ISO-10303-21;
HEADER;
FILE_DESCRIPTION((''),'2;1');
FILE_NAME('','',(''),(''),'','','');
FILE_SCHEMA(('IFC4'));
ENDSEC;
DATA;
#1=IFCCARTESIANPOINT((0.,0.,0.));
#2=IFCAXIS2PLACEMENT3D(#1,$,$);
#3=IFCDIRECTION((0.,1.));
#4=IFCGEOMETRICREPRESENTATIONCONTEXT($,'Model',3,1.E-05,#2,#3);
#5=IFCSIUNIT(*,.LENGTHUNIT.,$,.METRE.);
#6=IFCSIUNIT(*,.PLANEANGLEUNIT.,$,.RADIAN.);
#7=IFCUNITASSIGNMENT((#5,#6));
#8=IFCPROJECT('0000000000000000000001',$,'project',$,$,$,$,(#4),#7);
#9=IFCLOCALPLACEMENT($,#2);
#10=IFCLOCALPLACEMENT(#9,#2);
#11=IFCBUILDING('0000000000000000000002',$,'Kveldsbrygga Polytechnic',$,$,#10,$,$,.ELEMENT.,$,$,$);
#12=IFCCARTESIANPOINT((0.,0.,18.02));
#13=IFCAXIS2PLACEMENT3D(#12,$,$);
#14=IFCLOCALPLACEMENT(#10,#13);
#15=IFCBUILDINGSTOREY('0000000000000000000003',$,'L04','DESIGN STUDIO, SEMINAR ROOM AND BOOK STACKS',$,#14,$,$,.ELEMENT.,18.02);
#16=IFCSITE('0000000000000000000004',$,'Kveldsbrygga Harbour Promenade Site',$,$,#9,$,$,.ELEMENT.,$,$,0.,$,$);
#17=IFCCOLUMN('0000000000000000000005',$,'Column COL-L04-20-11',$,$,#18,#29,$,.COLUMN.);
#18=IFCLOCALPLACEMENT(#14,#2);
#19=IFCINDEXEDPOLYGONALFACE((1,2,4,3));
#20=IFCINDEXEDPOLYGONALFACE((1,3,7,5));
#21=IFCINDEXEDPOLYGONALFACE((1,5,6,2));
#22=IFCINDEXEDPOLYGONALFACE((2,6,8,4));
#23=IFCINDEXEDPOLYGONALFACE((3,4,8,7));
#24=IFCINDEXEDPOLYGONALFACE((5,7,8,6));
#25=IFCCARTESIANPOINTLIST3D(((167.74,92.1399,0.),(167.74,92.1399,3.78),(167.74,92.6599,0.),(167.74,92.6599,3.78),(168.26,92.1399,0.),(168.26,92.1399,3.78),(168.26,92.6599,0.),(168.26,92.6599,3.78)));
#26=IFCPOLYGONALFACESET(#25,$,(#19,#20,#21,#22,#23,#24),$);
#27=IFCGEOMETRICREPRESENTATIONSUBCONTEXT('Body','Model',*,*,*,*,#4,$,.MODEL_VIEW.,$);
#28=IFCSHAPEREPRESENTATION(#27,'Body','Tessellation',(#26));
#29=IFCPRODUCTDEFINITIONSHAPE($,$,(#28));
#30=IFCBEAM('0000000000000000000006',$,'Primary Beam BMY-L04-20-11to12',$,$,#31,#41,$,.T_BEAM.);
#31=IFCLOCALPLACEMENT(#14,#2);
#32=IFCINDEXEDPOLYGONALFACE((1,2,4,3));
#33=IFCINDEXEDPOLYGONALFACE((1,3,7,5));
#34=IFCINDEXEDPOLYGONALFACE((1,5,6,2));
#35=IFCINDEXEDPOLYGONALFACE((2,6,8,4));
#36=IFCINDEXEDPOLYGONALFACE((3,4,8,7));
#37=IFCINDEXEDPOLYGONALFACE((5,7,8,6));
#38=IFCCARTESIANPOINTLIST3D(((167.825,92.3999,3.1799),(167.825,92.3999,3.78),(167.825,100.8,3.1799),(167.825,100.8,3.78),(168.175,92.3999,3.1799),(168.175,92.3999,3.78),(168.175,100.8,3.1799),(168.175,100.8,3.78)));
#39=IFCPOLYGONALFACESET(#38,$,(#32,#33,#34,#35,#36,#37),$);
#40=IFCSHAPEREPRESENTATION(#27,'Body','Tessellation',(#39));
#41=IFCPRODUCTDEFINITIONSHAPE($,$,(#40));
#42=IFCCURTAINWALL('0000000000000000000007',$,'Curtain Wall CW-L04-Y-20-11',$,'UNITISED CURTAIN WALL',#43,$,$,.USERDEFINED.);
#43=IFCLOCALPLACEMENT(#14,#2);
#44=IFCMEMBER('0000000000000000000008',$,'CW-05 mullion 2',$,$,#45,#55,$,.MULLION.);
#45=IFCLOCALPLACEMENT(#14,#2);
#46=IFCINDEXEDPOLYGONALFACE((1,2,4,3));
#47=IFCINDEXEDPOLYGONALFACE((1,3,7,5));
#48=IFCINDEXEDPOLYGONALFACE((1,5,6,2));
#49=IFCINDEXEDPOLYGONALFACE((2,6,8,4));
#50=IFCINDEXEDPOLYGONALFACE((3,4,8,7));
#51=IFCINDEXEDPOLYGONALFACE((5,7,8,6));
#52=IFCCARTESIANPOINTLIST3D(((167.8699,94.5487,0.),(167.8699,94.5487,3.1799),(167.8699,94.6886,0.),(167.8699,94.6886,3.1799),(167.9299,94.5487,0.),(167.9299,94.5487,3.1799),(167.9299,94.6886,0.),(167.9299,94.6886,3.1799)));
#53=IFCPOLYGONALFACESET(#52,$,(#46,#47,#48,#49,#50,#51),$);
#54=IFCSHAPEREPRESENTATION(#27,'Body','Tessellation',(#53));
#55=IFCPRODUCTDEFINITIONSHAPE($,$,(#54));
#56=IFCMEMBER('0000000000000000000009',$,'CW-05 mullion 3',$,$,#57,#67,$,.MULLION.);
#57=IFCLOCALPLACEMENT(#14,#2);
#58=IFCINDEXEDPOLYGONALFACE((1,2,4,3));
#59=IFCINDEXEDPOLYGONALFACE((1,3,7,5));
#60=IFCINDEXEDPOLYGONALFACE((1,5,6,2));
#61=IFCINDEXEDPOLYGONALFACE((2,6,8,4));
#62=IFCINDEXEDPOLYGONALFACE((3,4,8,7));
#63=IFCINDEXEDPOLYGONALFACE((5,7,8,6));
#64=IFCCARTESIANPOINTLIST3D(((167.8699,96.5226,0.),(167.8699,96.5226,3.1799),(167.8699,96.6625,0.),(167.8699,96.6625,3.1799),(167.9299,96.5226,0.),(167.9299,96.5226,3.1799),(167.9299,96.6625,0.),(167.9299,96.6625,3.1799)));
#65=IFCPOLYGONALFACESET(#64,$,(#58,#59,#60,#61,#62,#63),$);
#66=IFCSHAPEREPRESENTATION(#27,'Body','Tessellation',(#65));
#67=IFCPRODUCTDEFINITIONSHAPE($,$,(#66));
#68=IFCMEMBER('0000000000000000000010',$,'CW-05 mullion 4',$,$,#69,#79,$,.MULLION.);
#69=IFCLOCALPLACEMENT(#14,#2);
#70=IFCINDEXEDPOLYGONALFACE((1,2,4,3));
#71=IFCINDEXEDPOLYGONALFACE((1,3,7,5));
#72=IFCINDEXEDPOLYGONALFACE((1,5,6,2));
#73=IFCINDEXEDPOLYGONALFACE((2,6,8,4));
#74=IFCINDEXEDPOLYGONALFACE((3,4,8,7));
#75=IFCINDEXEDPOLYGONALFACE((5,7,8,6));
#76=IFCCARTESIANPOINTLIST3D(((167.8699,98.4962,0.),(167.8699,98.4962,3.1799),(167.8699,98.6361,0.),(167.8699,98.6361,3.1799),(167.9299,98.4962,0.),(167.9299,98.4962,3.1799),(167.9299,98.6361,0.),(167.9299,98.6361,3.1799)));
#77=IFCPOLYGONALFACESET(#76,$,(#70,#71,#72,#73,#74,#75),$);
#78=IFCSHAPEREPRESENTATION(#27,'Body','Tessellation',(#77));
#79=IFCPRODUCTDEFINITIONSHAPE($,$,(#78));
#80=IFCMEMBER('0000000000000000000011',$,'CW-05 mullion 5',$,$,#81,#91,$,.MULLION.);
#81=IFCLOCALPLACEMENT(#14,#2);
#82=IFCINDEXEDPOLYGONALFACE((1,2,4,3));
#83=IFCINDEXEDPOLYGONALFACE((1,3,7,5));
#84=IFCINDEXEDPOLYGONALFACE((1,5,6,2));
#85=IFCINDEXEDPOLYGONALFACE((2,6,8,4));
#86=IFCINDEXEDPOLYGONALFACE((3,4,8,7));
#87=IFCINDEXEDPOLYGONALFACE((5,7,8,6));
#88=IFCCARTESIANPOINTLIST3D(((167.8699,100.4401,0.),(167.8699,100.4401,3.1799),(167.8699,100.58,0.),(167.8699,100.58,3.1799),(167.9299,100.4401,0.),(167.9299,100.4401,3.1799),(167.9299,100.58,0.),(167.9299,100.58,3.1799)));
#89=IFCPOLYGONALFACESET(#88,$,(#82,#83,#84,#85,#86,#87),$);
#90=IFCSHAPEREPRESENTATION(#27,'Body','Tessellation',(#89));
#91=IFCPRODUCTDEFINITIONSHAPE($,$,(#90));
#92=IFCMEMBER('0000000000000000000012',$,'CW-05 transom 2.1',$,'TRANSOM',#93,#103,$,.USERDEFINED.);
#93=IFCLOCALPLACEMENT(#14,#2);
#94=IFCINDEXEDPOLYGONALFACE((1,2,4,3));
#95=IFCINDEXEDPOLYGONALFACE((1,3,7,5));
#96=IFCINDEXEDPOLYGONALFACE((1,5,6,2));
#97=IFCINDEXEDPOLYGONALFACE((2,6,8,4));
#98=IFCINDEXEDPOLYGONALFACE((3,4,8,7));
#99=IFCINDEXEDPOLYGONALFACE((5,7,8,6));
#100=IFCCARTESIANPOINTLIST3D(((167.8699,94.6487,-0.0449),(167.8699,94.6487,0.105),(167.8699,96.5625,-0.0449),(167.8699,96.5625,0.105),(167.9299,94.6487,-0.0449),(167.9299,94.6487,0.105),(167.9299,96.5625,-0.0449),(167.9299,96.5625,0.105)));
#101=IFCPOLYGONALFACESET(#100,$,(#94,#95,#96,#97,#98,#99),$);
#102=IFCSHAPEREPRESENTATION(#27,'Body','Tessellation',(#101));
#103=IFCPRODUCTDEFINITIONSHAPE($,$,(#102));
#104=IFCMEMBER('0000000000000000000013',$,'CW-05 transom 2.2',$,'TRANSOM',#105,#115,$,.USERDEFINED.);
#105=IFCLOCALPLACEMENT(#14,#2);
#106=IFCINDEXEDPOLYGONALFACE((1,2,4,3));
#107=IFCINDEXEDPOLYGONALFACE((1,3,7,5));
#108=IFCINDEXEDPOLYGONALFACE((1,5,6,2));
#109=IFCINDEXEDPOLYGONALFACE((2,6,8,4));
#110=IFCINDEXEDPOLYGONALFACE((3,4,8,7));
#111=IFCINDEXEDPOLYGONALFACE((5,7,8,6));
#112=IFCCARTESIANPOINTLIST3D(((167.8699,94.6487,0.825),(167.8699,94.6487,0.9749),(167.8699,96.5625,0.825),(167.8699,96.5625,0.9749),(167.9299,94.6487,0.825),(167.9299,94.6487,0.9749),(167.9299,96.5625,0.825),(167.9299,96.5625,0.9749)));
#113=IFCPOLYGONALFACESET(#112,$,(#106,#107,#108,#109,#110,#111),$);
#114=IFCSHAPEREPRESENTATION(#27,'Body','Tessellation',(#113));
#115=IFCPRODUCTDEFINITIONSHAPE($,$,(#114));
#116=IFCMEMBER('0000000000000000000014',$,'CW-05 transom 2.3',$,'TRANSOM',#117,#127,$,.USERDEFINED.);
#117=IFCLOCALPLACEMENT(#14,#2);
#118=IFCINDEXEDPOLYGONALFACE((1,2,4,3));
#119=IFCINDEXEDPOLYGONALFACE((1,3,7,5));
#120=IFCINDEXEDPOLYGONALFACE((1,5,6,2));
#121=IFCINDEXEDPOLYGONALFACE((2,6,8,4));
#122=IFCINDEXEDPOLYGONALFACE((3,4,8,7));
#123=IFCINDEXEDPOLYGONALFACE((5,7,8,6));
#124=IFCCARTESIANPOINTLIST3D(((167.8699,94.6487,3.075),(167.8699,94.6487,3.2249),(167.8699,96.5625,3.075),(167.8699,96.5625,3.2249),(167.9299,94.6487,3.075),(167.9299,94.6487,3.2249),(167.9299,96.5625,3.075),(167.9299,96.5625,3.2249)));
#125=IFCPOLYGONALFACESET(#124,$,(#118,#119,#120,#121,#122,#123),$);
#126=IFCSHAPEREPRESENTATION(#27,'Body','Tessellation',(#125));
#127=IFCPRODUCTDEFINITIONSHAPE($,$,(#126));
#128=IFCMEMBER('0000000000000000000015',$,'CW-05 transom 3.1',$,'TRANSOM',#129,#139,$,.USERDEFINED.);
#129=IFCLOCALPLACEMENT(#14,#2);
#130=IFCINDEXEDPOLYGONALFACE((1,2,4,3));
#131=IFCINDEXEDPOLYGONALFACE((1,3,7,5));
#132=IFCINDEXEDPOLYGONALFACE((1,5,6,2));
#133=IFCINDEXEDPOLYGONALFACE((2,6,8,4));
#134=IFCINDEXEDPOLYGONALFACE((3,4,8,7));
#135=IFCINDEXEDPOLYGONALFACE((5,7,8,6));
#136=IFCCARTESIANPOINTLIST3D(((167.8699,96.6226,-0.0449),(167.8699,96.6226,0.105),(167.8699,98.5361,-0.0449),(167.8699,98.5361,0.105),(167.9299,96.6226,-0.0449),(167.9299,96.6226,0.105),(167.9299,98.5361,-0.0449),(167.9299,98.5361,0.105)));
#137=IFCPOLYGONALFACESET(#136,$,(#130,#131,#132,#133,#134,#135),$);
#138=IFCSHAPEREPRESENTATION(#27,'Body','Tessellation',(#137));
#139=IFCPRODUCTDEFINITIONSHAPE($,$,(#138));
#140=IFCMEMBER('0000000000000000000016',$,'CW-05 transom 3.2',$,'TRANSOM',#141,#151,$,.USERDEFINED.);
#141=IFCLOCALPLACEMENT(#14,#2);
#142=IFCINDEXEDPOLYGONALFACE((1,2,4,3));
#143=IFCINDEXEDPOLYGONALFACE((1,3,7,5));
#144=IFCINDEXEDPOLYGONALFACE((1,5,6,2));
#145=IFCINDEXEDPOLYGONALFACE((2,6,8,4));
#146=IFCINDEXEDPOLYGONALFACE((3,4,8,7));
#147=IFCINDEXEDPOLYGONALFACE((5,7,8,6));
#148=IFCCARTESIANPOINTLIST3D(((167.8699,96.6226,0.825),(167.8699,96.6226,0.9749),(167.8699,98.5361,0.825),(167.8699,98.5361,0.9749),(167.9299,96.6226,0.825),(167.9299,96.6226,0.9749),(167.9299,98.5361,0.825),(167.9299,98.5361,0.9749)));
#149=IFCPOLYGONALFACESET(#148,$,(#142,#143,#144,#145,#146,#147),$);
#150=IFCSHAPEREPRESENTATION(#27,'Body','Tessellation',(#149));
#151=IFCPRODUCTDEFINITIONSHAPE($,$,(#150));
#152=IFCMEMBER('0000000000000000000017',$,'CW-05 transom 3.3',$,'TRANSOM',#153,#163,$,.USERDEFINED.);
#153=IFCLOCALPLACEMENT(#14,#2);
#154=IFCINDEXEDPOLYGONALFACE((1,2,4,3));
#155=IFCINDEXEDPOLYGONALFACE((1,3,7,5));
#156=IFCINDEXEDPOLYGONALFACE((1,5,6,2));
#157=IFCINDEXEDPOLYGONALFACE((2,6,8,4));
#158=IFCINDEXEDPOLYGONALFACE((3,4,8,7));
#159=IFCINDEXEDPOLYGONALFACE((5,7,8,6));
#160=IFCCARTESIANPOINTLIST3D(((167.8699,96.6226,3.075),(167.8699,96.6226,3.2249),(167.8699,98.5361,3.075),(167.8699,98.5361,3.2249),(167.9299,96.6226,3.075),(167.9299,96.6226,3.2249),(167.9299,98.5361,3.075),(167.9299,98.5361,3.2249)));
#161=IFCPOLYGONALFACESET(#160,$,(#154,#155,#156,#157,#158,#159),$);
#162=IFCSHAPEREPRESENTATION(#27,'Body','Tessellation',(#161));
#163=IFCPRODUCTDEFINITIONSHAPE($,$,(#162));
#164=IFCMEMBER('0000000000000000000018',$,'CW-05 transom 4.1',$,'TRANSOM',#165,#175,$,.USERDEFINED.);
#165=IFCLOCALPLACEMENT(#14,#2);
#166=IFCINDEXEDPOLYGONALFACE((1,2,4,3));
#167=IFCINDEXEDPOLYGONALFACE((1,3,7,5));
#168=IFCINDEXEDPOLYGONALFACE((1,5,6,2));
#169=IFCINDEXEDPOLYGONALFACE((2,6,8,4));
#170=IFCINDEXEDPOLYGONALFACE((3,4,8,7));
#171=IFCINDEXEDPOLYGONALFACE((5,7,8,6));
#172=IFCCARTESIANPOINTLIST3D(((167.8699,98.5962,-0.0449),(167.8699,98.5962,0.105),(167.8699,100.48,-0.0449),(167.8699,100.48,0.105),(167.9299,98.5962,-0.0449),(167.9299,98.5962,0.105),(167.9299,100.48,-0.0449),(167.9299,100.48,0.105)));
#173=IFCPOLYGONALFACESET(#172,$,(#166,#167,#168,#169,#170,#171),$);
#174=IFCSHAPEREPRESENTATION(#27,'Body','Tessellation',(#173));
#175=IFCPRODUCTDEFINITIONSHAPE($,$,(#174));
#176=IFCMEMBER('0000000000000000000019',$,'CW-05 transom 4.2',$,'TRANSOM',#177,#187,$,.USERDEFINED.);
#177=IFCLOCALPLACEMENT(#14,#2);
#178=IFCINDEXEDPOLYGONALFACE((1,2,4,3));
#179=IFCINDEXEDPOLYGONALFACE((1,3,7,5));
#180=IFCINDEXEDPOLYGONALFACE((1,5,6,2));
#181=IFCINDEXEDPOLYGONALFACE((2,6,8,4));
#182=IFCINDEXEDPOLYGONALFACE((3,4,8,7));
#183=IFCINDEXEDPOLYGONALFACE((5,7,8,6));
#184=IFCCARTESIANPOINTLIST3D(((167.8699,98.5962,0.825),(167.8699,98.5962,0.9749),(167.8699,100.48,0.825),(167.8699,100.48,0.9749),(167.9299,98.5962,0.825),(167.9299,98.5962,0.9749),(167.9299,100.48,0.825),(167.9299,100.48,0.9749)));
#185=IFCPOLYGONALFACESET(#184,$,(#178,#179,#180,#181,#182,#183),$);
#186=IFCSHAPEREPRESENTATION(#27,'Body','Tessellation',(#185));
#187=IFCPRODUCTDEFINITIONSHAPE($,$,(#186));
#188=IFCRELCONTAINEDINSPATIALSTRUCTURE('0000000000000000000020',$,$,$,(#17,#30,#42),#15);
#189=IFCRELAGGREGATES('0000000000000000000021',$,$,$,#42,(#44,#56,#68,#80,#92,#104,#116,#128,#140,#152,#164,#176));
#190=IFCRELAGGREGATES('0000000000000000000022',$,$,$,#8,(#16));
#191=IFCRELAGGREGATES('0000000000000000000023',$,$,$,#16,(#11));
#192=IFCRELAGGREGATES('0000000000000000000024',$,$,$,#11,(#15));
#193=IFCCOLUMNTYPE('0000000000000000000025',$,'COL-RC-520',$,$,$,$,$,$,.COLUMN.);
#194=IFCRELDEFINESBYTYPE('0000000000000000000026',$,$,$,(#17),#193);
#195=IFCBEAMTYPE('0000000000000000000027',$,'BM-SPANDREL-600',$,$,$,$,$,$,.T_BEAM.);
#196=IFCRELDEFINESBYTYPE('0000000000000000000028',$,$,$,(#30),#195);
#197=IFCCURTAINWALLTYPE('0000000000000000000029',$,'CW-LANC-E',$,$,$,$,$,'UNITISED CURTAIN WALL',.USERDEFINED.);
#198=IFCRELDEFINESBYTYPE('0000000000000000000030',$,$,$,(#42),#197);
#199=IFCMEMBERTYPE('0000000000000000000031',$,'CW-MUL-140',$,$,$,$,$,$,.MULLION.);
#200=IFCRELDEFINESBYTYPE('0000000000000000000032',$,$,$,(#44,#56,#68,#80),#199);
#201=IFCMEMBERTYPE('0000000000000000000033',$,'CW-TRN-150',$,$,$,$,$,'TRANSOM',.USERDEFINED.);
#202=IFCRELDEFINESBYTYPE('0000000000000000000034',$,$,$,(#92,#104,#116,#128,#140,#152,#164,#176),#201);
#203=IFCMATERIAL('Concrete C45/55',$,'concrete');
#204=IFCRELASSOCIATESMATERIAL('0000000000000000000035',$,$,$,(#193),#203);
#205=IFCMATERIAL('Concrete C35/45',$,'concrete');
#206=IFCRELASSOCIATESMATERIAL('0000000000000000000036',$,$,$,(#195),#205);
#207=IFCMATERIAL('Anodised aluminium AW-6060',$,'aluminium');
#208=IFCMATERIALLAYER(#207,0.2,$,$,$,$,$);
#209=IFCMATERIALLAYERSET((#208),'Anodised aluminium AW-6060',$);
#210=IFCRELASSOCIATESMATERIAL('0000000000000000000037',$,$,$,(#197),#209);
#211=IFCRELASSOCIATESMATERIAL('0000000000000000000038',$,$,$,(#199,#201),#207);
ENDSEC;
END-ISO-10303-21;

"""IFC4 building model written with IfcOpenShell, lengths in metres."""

from ifc_helpers import new_model, si_unit, direction, frame, origin, origin_2d, place, context, subcontext, project, spatial, rectangle, extrude, material, layer, layer_set, material_profile, profile_set, type_object, element, aggregate, save


model = new_model("IFC4")

# Units and contexts
model_context = context("Model", 3, precision=1e-05, world=origin(), true_north=direction((0.0, 1.0)))
body_context = subcontext(model_context, "Body", "Model", "MODEL_VIEW")
ifc_project = project(units=[si_unit("LENGTHUNIT", "METRE"), si_unit("PLANEANGLEUNIT", "RADIAN")], contexts=[model_context])

# Site, building, storey
site_placement = place(None, origin())
site = spatial("IfcSite", under=ifc_project, at=site_placement, Name="Kveldsbrygga Harbour Promenade Site", CompositionType="ELEMENT", RefElevation=0.0)
building_placement = place(site_placement, origin())
building = spatial("IfcBuilding", under=site, at=building_placement, Name="Kveldsbrygga Polytechnic", CompositionType="ELEMENT")
storey_placement = place(building_placement, frame((0.0, 0.0, 18.02)))
storey = spatial("IfcBuildingStorey", under=building, at=storey_placement, Name="L04", Description="DESIGN STUDIO, SEMINAR ROOM AND BOOK STACKS", CompositionType="ELEMENT", Elevation=18.02)

# Column
ifc_material_1 = material(Name="Concrete C45/55", Category="concrete")
ifc_material_profile_1 = material_profile(ifc_material_1, rectangle(XDim=0.52, YDim=0.52, at=origin_2d()), Name="RC 520x520")
ifc_profile_set_1 = profile_set([ifc_material_profile_1], Name="Concrete C45/55")
column_type = type_object("IfcColumnType", Name="COL-RC-520", PredefinedType="COLUMN", material=ifc_profile_set_1)
column_placement = place(storey_placement, frame((168.0, 92.3999, 0.0), z_axis=(0.0, 0.0, 1.0), x_axis=(1.0, 0.0, 0.0)))
element("IfcColumn", 1, at=column_placement, inside=storey, type_object=column_type, Name="Column COL-L04-20-11", PredefinedType="COLUMN", context=body_context, shape_type="SweptSolid", body=[
    extrude(rectangle(XDim=0.52, YDim=0.52, at=origin_2d()), origin(), (0.0, 0.0, 1.0), 3.78),
])

# Beam
ifc_material_2 = material(Name="Concrete C35/45", Category="concrete")
ifc_material_profile_2 = material_profile(ifc_material_2, rectangle(XDim=0.3501, YDim=0.6001, at=origin_2d()), Name="RC 350x600")
ifc_profile_set_2 = profile_set([ifc_material_profile_2], Name="Concrete C35/45")
beam_type = type_object("IfcBeamType", Name="BM-SPANDREL-600", PredefinedType="T_BEAM", material=ifc_profile_set_2)
beam_placement = place(storey_placement, frame((168.0, 92.3999, 3.48), z_axis=(0.0, 1.0, 0.0), x_axis=(-1.0, 0.0, 0.0)))
element("IfcBeam", 2, at=beam_placement, inside=storey, type_object=beam_type, Name="Primary Beam BMY-L04-20-11to12", PredefinedType="T_BEAM", context=body_context, shape_type="SweptSolid", body=[
    extrude(rectangle(XDim=0.3501, YDim=0.6001, at=origin_2d()), origin(), (0.0, 0.0, 1.0), 8.4001),
])

# Curtain wall, members
ifc_material_3 = material(Name="Anodised aluminium AW-6060", Category="aluminium")
ifc_layer_1 = layer(ifc_material_3, 0.2)
ifc_layer_set_1 = layer_set([ifc_layer_1], Name="Anodised aluminium AW-6060")
curtain_wall_type = type_object("IfcCurtainWallType", Name="CW-LANC-E", ElementType="UNITISED CURTAIN WALL", PredefinedType="USERDEFINED", material=ifc_layer_set_1)
curtain_wall_placement = place(storey_placement, origin())
curtain_wall = element("IfcCurtainWall", 3, at=curtain_wall_placement, inside=storey, type_object=curtain_wall_type, Name="Curtain Wall CW-L04-Y-20-11", ObjectType="UNITISED CURTAIN WALL", PredefinedType="USERDEFINED")
ifc_material_profile_3 = material_profile(ifc_material_3, rectangle(XDim=0.0601, YDim=0.1399, at=origin_2d()), Name="ALU 60x140")
ifc_profile_set_3 = profile_set([ifc_material_profile_3], Name="Anodised aluminium AW-6060")
member_type_1 = type_object("IfcMemberType", Name="CW-MUL-140", PredefinedType="MULLION", material=ifc_profile_set_3)
member_1_placement = place(storey_placement, frame((167.8999, 94.6187, 0.0), z_axis=(0.0, 0.0, 1.0), x_axis=(-1.0, 0.0, 0.0)))
member_1 = element("IfcMember", 4, at=member_1_placement, type_object=member_type_1, Name="CW-05 mullion 2", PredefinedType="MULLION", context=body_context, shape_type="SweptSolid", body=[
    extrude(rectangle(XDim=0.0601, YDim=0.1399, at=origin_2d()), origin(), (0.0, 0.0, 1.0), 3.1799),
])
member_2_placement = place(storey_placement, frame((167.8999, 96.5925, 0.0), z_axis=(0.0, 0.0, 1.0), x_axis=(-1.0, 0.0, 0.0)))
member_2 = element("IfcMember", 5, at=member_2_placement, type_object=member_type_1, Name="CW-05 mullion 3", PredefinedType="MULLION", context=body_context, shape_type="SweptSolid", body=[
    extrude(rectangle(XDim=0.0601, YDim=0.1399, at=origin_2d()), origin(), (0.0, 0.0, 1.0), 3.1799),
])
member_3_placement = place(storey_placement, frame((167.8999, 98.5662, 0.0), z_axis=(0.0, 0.0, 1.0), x_axis=(-1.0, 0.0, 0.0)))
member_3 = element("IfcMember", 6, at=member_3_placement, type_object=member_type_1, Name="CW-05 mullion 4", PredefinedType="MULLION", context=body_context, shape_type="SweptSolid", body=[
    extrude(rectangle(XDim=0.0601, YDim=0.1399, at=origin_2d()), origin(), (0.0, 0.0, 1.0), 3.1799),
])
member_4_placement = place(storey_placement, frame((167.8999, 100.51, 0.0), z_axis=(0.0, 0.0, 1.0), x_axis=(-1.0, 0.0, 0.0)))
member_4 = element("IfcMember", 7, at=member_4_placement, type_object=member_type_1, Name="CW-05 mullion 5", PredefinedType="MULLION", context=body_context, shape_type="SweptSolid", body=[
    extrude(rectangle(XDim=0.0601, YDim=0.1399, at=origin_2d()), origin(), (0.0, 0.0, 1.0), 3.1799),
])
ifc_material_profile_4 = material_profile(ifc_material_3, rectangle(XDim=0.0601, YDim=0.1499, at=origin_2d()), Name="ALU 60x150")
ifc_profile_set_4 = profile_set([ifc_material_profile_4], Name="Anodised aluminium AW-6060")
member_type_2 = type_object("IfcMemberType", Name="CW-TRN-150", ElementType="TRANSOM", PredefinedType="USERDEFINED", material=ifc_profile_set_4)
member_5_placement = place(storey_placement, frame((167.8999, 94.6487, 0.03), z_axis=(0.0, 1.0, 0.0), x_axis=(-1.0, 0.0, 0.0)))
member_5 = element("IfcMember", 8, at=member_5_placement, type_object=member_type_2, Name="CW-05 transom 2.1", ObjectType="TRANSOM", PredefinedType="USERDEFINED", context=body_context, shape_type="SweptSolid", body=[
    extrude(rectangle(XDim=0.0601, YDim=0.1499, at=origin_2d()), origin(), (0.0, 0.0, 1.0), 1.9138),
])
member_6_placement = place(storey_placement, frame((167.8999, 94.6487, 0.8999), z_axis=(0.0, 1.0, 0.0), x_axis=(-1.0, 0.0, 0.0)))
member_6 = element("IfcMember", 9, at=member_6_placement, type_object=member_type_2, Name="CW-05 transom 2.2", ObjectType="TRANSOM", PredefinedType="USERDEFINED", context=body_context, shape_type="SweptSolid", body=[
    extrude(rectangle(XDim=0.0601, YDim=0.1499, at=origin_2d()), origin(), (0.0, 0.0, 1.0), 1.9138),
])
member_7_placement = place(storey_placement, frame((167.8999, 94.6487, 3.1499), z_axis=(0.0, 1.0, 0.0), x_axis=(-1.0, 0.0, 0.0)))
member_7 = element("IfcMember", 10, at=member_7_placement, type_object=member_type_2, Name="CW-05 transom 2.3", ObjectType="TRANSOM", PredefinedType="USERDEFINED", context=body_context, shape_type="SweptSolid", body=[
    extrude(rectangle(XDim=0.0601, YDim=0.1499, at=origin_2d()), origin(), (0.0, 0.0, 1.0), 1.9138),
])
member_8_placement = place(storey_placement, frame((167.8999, 96.6226, 0.03), z_axis=(0.0, 1.0, 0.0), x_axis=(-1.0, 0.0, 0.0)))
member_8 = element("IfcMember", 11, at=member_8_placement, type_object=member_type_2, Name="CW-05 transom 3.1", ObjectType="TRANSOM", PredefinedType="USERDEFINED", context=body_context, shape_type="SweptSolid", body=[
    extrude(rectangle(XDim=0.0601, YDim=0.1499, at=origin_2d()), origin(), (0.0, 0.0, 1.0), 1.9136),
])
member_9_placement = place(storey_placement, frame((167.8999, 96.6226, 0.8999), z_axis=(0.0, 1.0, 0.0), x_axis=(-1.0, 0.0, 0.0)))
member_9 = element("IfcMember", 12, at=member_9_placement, type_object=member_type_2, Name="CW-05 transom 3.2", ObjectType="TRANSOM", PredefinedType="USERDEFINED", context=body_context, shape_type="SweptSolid", body=[
    extrude(rectangle(XDim=0.0601, YDim=0.1499, at=origin_2d()), origin(), (0.0, 0.0, 1.0), 1.9136),
])
member_10_placement = place(storey_placement, frame((167.8999, 96.6226, 3.1499), z_axis=(0.0, 1.0, 0.0), x_axis=(-1.0, 0.0, 0.0)))
member_10 = element("IfcMember", 13, at=member_10_placement, type_object=member_type_2, Name="CW-05 transom 3.3", ObjectType="TRANSOM", PredefinedType="USERDEFINED", context=body_context, shape_type="SweptSolid", body=[
    extrude(rectangle(XDim=0.0601, YDim=0.1499, at=origin_2d()), origin(), (0.0, 0.0, 1.0), 1.9136),
])
member_11_placement = place(storey_placement, frame((167.8999, 98.5962, 0.03), z_axis=(0.0, 1.0, 0.0), x_axis=(-1.0, 0.0, 0.0)))
member_11 = element("IfcMember", 14, at=member_11_placement, type_object=member_type_2, Name="CW-05 transom 4.1", ObjectType="TRANSOM", PredefinedType="USERDEFINED", context=body_context, shape_type="SweptSolid", body=[
    extrude(rectangle(XDim=0.0601, YDim=0.1499, at=origin_2d()), origin(), (0.0, 0.0, 1.0), 1.8838),
])
member_12_placement = place(storey_placement, frame((167.8999, 98.5962, 0.8999), z_axis=(0.0, 1.0, 0.0), x_axis=(-1.0, 0.0, 0.0)))
member_12 = element("IfcMember", 15, at=member_12_placement, type_object=member_type_2, Name="CW-05 transom 4.2", ObjectType="TRANSOM", PredefinedType="USERDEFINED", context=body_context, shape_type="SweptSolid", body=[
    extrude(rectangle(XDim=0.0601, YDim=0.1499, at=origin_2d()), origin(), (0.0, 0.0, 1.0), 1.8838),
])
aggregate(curtain_wall, [member_1, member_2, member_3, member_4, member_5, member_6, member_7, member_8, member_9, member_10, member_11, member_12])

save(model, "model.ifc")
